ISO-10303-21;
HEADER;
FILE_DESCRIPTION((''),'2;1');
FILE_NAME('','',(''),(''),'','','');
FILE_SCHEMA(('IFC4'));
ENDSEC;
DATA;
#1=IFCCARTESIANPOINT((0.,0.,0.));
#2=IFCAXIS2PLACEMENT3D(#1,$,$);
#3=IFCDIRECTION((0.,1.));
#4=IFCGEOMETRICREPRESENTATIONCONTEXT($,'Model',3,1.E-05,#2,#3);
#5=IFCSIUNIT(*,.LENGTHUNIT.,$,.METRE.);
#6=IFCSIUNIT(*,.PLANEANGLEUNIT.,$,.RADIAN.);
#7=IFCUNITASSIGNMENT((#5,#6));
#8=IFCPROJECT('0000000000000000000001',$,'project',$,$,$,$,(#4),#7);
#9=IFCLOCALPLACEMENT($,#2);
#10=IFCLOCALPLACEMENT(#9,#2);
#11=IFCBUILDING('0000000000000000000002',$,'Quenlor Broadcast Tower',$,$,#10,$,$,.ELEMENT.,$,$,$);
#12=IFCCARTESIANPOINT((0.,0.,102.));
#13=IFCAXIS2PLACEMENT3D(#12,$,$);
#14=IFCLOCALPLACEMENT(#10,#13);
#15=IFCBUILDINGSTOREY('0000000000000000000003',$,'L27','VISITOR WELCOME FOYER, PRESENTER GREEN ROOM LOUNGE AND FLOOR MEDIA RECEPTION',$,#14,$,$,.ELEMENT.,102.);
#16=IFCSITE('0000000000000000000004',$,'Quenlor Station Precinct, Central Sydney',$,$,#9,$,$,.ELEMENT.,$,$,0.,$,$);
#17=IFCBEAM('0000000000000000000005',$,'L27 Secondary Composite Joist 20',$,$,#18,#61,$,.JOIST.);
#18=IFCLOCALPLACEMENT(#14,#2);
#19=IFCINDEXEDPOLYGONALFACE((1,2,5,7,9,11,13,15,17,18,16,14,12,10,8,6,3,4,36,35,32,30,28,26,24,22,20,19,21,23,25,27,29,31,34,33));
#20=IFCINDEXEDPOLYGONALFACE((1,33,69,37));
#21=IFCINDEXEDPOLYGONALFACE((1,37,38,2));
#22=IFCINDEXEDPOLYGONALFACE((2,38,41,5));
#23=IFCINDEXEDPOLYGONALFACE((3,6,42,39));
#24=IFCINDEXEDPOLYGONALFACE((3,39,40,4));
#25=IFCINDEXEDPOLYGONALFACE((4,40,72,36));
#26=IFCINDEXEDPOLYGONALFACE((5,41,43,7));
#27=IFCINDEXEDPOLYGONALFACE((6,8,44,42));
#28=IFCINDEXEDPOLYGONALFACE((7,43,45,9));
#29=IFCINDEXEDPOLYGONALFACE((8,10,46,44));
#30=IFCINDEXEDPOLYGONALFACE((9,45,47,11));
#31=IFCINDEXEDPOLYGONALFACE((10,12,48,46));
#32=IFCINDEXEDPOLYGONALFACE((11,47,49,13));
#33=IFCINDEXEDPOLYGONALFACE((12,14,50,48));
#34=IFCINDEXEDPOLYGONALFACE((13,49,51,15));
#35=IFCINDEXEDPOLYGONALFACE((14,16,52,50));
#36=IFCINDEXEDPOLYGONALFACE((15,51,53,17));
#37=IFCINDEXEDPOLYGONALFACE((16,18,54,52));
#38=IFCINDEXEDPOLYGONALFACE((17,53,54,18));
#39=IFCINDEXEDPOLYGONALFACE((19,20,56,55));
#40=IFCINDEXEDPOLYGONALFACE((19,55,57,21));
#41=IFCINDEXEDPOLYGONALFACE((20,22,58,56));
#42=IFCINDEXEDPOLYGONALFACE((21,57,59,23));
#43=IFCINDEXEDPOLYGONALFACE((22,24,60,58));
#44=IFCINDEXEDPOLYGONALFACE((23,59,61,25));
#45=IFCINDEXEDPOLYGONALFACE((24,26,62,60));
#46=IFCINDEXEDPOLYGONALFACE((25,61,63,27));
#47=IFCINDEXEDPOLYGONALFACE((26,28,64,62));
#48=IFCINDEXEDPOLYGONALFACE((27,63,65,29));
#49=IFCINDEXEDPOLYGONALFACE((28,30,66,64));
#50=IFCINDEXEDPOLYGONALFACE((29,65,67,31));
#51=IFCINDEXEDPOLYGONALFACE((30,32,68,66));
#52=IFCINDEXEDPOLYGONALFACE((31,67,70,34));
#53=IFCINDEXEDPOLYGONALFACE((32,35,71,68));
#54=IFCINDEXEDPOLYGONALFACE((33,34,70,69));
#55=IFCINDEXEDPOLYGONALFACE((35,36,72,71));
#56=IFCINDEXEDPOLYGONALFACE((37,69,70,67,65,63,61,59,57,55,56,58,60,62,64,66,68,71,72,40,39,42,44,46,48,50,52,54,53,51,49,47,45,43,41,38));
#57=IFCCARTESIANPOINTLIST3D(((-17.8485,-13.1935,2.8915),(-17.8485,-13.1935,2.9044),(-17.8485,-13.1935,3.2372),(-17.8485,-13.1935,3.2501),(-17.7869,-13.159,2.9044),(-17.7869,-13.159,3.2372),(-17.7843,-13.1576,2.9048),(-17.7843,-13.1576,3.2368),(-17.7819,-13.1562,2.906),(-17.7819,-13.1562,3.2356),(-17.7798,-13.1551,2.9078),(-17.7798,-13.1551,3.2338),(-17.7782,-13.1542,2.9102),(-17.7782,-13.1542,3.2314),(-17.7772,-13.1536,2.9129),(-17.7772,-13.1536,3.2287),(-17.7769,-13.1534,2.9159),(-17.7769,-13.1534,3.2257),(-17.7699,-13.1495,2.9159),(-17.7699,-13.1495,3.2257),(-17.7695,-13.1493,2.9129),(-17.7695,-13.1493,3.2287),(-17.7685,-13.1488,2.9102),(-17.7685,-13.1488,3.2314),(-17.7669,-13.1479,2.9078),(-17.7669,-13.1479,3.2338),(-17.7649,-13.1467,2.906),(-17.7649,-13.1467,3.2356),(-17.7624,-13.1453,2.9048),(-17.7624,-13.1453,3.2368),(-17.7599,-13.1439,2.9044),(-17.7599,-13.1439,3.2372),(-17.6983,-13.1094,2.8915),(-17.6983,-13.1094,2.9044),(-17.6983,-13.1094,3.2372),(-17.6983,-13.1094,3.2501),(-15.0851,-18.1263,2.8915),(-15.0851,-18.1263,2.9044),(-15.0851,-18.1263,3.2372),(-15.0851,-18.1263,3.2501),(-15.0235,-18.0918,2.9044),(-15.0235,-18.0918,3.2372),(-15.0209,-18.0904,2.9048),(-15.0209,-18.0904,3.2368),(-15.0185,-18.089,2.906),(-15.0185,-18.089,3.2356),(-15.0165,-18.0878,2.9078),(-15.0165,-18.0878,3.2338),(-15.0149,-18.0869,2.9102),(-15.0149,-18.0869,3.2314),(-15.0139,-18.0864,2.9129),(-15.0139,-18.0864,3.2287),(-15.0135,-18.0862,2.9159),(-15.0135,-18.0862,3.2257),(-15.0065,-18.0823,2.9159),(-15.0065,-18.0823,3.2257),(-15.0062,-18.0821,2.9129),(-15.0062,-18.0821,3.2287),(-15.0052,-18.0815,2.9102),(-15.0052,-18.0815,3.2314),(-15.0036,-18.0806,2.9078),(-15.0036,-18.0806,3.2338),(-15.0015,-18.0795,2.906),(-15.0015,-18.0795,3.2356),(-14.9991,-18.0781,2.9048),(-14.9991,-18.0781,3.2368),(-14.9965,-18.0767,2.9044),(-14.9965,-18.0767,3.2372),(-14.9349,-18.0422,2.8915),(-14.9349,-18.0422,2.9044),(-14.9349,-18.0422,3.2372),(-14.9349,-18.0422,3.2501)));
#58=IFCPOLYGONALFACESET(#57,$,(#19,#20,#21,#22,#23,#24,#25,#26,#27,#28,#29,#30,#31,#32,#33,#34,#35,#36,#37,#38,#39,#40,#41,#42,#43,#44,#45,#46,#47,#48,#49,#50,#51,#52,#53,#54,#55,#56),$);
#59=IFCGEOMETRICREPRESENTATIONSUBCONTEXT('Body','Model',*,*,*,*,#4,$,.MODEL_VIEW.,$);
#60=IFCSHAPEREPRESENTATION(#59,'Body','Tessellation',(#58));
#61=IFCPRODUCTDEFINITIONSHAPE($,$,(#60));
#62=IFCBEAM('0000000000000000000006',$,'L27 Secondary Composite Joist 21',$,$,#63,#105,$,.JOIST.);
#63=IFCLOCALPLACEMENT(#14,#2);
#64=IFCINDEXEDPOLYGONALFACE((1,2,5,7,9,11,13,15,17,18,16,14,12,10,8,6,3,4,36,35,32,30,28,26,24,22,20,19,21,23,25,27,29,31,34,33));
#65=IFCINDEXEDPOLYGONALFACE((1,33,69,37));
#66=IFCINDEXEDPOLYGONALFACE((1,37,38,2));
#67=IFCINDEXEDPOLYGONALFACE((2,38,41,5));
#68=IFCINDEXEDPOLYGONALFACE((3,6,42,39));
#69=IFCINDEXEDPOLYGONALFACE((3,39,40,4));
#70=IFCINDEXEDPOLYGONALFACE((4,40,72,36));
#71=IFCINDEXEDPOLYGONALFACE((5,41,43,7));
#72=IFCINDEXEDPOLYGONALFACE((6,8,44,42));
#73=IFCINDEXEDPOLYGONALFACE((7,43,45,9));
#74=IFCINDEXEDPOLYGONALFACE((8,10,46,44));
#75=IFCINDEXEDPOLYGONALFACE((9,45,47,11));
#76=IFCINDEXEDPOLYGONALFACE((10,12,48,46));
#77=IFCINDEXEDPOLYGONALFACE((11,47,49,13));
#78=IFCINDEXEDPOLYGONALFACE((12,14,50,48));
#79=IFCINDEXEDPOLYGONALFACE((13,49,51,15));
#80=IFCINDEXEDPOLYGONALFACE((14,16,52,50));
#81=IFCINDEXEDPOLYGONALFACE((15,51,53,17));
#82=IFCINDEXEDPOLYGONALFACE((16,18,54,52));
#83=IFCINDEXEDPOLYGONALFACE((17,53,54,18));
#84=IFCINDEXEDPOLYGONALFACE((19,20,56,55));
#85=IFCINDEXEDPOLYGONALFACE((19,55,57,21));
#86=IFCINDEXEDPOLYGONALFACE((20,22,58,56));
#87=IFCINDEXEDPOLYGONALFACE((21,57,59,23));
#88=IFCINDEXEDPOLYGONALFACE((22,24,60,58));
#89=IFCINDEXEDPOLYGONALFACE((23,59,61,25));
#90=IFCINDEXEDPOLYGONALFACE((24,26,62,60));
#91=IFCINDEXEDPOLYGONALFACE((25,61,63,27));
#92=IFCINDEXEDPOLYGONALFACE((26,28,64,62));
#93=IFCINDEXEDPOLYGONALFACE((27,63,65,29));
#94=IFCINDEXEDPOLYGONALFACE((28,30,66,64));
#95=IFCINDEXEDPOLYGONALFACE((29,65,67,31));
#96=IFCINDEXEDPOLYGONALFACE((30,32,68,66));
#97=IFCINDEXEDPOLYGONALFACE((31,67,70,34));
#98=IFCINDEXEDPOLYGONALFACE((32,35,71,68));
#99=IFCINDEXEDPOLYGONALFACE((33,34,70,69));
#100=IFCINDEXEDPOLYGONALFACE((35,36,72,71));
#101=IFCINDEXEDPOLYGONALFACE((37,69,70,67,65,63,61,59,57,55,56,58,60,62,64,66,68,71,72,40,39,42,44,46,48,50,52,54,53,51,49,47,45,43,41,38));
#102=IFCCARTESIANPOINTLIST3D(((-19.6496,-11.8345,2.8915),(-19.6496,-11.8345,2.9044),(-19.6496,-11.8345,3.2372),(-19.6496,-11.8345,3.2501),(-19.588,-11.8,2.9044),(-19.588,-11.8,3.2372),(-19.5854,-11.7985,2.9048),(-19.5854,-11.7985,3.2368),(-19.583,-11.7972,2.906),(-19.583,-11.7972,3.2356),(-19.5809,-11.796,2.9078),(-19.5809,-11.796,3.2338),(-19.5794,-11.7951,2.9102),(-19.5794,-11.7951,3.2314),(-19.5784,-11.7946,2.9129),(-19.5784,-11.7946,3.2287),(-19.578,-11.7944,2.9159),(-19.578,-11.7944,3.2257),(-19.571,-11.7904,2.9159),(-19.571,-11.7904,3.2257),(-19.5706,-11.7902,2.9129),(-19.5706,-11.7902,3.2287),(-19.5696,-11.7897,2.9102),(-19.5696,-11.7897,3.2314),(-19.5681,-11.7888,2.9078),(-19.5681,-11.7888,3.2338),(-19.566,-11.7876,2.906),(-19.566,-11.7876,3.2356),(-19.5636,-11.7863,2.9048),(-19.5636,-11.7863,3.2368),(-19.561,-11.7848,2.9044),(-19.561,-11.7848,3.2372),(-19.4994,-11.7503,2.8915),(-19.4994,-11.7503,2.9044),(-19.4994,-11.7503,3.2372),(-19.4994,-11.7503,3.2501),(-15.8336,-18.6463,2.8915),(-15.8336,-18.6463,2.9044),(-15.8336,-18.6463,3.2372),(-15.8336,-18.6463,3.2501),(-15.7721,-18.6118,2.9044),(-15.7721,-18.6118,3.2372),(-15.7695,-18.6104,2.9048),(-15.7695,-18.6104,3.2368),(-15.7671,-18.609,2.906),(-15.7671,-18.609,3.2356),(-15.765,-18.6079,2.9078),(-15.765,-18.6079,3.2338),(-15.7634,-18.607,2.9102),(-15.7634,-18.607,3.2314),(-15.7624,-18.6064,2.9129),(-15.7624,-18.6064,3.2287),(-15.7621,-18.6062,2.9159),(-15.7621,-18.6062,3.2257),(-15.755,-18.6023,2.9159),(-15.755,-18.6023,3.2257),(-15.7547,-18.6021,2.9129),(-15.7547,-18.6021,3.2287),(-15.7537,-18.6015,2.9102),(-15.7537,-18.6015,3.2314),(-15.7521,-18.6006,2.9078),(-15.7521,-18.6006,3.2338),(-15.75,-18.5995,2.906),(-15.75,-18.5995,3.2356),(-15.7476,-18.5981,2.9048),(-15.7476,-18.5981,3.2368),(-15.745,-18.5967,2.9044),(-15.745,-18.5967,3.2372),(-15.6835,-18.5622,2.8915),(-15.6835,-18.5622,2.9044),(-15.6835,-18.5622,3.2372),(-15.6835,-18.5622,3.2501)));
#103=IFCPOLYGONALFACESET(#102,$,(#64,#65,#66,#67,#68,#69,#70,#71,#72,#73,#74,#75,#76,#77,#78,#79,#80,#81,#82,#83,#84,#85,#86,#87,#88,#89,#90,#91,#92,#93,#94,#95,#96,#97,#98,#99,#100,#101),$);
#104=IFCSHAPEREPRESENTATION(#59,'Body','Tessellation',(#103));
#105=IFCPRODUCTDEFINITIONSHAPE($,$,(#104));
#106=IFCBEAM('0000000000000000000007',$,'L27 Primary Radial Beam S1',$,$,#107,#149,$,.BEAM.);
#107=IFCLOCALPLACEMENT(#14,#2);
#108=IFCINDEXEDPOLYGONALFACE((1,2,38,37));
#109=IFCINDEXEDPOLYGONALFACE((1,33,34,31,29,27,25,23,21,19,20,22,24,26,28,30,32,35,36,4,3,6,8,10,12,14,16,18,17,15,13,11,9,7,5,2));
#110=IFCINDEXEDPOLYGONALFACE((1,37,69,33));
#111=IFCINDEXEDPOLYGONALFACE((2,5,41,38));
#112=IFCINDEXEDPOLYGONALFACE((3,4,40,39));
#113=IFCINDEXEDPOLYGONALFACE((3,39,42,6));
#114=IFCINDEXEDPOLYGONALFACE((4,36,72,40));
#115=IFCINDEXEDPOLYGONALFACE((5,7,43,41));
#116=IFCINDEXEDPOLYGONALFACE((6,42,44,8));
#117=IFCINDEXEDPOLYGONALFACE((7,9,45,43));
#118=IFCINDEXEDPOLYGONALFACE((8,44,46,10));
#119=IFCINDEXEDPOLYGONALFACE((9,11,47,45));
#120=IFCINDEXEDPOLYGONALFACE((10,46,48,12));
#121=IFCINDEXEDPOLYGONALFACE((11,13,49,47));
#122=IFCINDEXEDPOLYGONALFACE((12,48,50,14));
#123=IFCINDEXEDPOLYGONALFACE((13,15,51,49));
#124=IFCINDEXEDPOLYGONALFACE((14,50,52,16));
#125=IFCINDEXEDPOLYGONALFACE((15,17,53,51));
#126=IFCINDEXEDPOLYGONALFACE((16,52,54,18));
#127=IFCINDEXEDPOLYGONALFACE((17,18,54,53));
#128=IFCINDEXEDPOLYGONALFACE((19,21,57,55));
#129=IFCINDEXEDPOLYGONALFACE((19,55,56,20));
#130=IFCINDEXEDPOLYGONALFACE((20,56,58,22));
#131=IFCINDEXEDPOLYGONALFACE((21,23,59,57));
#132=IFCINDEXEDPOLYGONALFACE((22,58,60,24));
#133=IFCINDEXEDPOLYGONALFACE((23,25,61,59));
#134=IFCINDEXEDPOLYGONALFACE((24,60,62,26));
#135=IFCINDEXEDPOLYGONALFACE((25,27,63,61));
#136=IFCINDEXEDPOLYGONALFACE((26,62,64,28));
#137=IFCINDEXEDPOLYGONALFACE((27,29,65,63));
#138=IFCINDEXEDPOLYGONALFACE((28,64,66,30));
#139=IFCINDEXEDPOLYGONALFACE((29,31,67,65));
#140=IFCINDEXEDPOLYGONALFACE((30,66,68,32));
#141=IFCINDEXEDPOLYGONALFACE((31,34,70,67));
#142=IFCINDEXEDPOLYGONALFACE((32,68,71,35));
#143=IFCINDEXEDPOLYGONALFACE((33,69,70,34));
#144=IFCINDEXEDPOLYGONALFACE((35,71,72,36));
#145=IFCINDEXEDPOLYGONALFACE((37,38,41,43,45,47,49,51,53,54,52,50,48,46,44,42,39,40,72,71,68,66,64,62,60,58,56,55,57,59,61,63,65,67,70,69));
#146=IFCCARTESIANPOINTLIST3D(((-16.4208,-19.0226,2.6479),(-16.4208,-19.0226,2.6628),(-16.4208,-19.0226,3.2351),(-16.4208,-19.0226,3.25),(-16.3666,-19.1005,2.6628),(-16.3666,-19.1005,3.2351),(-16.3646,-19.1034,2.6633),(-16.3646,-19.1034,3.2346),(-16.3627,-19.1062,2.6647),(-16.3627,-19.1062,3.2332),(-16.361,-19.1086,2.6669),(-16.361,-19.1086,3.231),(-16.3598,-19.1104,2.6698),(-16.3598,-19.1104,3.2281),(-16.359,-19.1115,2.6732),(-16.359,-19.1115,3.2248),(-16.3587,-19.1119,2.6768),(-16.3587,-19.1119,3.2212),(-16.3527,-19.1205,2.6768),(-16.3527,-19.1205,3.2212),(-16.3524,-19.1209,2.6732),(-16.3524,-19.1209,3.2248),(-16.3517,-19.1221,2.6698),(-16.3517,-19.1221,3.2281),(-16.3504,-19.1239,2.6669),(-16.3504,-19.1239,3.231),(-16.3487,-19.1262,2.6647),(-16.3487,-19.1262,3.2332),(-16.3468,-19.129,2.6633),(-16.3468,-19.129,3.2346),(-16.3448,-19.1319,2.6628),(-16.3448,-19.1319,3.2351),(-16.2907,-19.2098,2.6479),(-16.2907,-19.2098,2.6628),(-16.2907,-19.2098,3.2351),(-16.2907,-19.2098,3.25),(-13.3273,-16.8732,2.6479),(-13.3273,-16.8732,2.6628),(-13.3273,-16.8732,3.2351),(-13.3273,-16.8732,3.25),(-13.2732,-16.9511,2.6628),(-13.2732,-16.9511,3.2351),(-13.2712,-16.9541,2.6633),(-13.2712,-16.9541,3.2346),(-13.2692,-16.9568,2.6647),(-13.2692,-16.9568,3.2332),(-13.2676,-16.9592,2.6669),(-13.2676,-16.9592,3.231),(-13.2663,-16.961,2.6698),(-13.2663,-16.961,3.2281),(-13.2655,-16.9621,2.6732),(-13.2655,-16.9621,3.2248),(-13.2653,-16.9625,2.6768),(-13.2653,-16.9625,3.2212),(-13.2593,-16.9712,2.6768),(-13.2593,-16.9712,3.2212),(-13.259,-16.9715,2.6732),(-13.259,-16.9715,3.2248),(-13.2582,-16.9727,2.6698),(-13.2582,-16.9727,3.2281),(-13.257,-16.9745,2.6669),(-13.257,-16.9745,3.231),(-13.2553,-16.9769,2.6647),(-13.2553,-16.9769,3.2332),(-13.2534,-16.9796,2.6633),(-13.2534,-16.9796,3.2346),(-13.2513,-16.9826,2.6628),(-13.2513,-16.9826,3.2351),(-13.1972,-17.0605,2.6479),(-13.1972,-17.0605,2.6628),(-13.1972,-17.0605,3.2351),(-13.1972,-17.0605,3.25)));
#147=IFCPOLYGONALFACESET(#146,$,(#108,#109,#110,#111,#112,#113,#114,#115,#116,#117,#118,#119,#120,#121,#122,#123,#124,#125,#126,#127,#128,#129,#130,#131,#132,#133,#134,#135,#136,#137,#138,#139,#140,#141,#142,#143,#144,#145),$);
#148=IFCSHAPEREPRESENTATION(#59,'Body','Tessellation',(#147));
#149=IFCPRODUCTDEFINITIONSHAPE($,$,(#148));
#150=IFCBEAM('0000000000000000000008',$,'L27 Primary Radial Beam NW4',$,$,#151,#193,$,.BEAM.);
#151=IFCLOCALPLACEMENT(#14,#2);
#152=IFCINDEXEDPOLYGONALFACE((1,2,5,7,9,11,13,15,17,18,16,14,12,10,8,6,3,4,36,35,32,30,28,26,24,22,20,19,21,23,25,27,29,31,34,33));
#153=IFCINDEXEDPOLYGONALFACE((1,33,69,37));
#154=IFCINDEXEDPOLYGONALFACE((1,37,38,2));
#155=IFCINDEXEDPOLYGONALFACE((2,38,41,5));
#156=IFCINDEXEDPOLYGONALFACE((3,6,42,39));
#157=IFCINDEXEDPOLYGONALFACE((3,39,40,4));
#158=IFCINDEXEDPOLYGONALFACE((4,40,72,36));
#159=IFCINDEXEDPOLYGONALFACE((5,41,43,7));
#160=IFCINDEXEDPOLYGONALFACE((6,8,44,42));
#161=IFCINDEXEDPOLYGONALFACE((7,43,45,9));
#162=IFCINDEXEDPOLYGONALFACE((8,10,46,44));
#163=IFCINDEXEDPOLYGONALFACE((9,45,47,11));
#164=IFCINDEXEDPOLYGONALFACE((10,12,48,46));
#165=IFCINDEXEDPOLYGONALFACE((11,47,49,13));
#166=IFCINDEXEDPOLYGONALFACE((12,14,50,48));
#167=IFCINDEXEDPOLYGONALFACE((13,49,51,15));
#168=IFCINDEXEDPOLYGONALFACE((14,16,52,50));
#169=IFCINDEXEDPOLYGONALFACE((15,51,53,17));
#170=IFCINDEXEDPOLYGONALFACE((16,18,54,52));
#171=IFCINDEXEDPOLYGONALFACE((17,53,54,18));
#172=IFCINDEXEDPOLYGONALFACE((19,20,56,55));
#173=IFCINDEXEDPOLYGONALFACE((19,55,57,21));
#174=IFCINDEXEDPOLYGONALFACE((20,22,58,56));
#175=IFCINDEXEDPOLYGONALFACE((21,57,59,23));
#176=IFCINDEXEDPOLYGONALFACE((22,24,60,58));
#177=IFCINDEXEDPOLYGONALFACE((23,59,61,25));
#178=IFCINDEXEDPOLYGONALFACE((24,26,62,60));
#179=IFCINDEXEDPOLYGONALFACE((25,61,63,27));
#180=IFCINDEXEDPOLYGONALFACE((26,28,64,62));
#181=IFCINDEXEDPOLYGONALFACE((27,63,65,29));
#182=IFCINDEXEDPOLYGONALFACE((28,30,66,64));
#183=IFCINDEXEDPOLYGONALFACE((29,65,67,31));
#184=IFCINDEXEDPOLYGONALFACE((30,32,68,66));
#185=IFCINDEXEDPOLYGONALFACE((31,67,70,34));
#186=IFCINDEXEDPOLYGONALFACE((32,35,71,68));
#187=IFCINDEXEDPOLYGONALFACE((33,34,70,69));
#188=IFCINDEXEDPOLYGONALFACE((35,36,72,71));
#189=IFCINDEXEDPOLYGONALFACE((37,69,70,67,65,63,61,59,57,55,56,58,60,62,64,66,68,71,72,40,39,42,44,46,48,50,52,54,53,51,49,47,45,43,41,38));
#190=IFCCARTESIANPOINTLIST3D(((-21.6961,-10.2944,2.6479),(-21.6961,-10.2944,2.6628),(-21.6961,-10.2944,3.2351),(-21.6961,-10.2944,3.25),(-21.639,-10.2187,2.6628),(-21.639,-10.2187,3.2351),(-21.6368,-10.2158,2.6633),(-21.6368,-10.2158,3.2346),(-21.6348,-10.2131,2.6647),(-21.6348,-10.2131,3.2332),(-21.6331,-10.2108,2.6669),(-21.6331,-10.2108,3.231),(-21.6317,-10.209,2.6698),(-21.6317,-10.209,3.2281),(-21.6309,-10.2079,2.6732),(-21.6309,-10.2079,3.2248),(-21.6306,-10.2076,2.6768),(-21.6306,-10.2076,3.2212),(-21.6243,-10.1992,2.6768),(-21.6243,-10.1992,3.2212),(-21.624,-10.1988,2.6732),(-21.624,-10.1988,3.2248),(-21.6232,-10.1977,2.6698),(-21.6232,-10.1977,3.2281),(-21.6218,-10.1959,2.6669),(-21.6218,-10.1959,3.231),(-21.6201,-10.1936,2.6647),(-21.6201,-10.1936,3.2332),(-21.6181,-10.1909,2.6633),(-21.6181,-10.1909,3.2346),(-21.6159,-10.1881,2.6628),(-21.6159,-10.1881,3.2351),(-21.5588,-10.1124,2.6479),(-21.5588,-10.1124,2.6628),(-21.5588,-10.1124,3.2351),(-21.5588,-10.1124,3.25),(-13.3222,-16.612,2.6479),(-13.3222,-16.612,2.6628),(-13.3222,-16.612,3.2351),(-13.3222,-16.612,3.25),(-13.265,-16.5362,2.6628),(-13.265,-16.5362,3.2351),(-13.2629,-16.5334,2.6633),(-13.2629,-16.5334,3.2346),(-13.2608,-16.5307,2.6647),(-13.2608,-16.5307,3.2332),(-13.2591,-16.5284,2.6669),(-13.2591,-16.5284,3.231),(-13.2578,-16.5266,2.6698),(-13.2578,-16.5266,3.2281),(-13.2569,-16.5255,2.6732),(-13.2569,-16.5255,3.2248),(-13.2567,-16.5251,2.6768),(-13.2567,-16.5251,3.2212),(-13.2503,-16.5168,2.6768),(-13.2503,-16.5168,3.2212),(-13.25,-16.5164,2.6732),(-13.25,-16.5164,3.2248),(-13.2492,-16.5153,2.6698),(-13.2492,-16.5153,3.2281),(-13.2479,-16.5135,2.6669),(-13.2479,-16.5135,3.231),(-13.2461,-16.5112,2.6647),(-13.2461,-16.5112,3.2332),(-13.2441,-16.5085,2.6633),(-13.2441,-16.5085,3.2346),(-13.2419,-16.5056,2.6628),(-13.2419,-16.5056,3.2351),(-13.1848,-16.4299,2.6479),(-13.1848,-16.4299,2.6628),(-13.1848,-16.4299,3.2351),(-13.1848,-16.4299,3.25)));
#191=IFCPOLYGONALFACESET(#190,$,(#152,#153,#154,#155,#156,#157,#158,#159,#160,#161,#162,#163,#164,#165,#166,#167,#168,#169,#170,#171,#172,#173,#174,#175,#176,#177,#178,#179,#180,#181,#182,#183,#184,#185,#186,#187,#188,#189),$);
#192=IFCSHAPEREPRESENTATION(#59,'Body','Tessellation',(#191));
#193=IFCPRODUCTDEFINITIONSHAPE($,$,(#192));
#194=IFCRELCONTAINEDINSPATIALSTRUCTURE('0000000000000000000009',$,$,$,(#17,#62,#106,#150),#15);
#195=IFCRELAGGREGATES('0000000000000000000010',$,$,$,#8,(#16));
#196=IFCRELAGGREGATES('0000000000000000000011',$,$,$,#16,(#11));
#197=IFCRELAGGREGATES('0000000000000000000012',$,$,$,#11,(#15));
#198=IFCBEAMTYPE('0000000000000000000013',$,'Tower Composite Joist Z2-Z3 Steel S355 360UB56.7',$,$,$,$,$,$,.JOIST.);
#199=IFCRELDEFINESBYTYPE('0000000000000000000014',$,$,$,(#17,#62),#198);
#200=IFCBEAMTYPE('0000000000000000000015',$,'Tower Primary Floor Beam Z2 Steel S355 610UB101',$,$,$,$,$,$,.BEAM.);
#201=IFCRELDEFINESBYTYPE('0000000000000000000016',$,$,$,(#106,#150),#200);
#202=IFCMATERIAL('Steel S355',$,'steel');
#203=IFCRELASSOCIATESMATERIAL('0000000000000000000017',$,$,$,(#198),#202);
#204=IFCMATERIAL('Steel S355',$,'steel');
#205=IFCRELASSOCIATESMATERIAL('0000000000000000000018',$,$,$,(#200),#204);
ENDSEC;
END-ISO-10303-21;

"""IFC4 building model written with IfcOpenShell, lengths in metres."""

from ifc_helpers import new_model, si_unit, direction, frame, origin, origin_2d, place, context, subcontext, project, spatial, i_section, extrude, material, material_profile, profile_set, type_object, element, save


model = new_model("IFC4")

# Units and contexts
model_context = context("Model", 3, precision=1e-05, world=origin(), true_north=direction((0.0, 1.0)))
body_context = subcontext(model_context, "Body", "Model", "MODEL_VIEW")
ifc_project = project(units=[si_unit("LENGTHUNIT", "METRE"), si_unit("PLANEANGLEUNIT", "RADIAN")], contexts=[model_context])

# Site, building, storey
site_placement = place(None, origin())
site = spatial("IfcSite", under=ifc_project, at=site_placement, Name="Quenlor Station Precinct, Central Sydney", CompositionType="ELEMENT", RefElevation=0.0)
building_placement = place(site_placement, origin())
building = spatial("IfcBuilding", under=site, at=building_placement, Name="Quenlor Broadcast Tower", CompositionType="ELEMENT")
storey_placement = place(building_placement, frame((0.0, 0.0, 102.0)))
storey = spatial("IfcBuildingStorey", under=building, at=storey_placement, Name="L27", Description="VISITOR WELCOME FOYER, PRESENTER GREEN ROOM LOUNGE AND FLOOR MEDIA RECEPTION", CompositionType="ELEMENT", Elevation=102.0)

# Beams
ifc_material_1 = material(Name="Steel S355", Category="steel")
ifc_material_profile_1 = material_profile(ifc_material_1, i_section(OverallWidth=0.1721, OverallDepth=0.3586, WebThickness=0.0081, FlangeThickness=0.0129, FilletRadius=0.0115, at=origin_2d()))
ifc_profile_set_1 = profile_set([ifc_material_profile_1], Name="Steel S355 360UB56.7")
beam_type_1 = type_object("IfcBeamType", Name="Tower Composite Joist Z2-Z3 Steel S355 360UB56.7", PredefinedType="JOIST", material=ifc_profile_set_1)
beam_1_placement = place(storey_placement, frame((-15.01, -18.0842, 3.0708), z_axis=(-0.488741, 0.872429, 0.0), x_axis=(-0.872429, -0.488741, 0.0)))
element("IfcBeam", 1, at=beam_1_placement, inside=storey, type_object=beam_type_1, Name="L27 Secondary Composite Joist 20", PredefinedType="JOIST", context=body_context, shape_type="SweptSolid", body=[
    extrude(i_section(OverallWidth=0.1721, OverallDepth=0.3586, WebThickness=0.0081, FlangeThickness=0.0129, FilletRadius=0.0115, at=origin_2d()), origin(), (0.0, 0.0, 1.0), 5.6541),
])
beam_2_placement = place(storey_placement, frame((-15.7585, -18.6042, 3.0708), z_axis=(-0.488733, 0.872433, 0.0), x_axis=(-0.872433, -0.488733, 0.0)))
element("IfcBeam", 2, at=beam_2_placement, inside=storey, type_object=beam_type_1, Name="L27 Secondary Composite Joist 21", PredefinedType="JOIST", context=body_context, shape_type="SweptSolid", body=[
    extrude(i_section(OverallWidth=0.1721, OverallDepth=0.3586, WebThickness=0.0081, FlangeThickness=0.0129, FilletRadius=0.0115, at=origin_2d()), origin(), (0.0, 0.0, 1.0), 7.8079),
])
ifc_material_2 = material(Name="Steel S355", Category="steel")
ifc_material_profile_2 = material_profile(ifc_material_2, i_section(OverallWidth=0.228, OverallDepth=0.6021, WebThickness=0.0105, FlangeThickness=0.0149, FilletRadius=0.0139, at=origin_2d()))
ifc_profile_set_2 = profile_set([ifc_material_profile_2], Name="Steel S355 610UB101")
beam_type_2 = type_object("IfcBeamType", Name="Tower Primary Floor Beam Z2 Steel S355 610UB101", PredefinedType="BEAM", material=ifc_profile_set_2)
beam_3_placement = place(storey_placement, frame((-16.3557, -19.1162, 2.949), z_axis=(0.821227, 0.570601, 0.0), x_axis=(-0.570601, 0.821227, 0.0)))
element("IfcBeam", 3, at=beam_3_placement, inside=storey, type_object=beam_type_2, Name="L27 Primary Radial Beam S1", PredefinedType="BEAM", context=body_context, shape_type="SweptSolid", body=[
    extrude(i_section(OverallWidth=0.228, OverallDepth=0.6021, WebThickness=0.0105, FlangeThickness=0.0149, FilletRadius=0.0139, at=origin_2d()), origin(), (0.0, 0.0, 1.0), 3.7668),
])
beam_4_placement = place(storey_placement, frame((-21.6274, -10.2034, 2.949), z_axis=(0.798299, -0.602262, 0.0), x_axis=(0.602262, 0.798299, 0.0)))
element("IfcBeam", 4, at=beam_4_placement, inside=storey, type_object=beam_type_2, Name="L27 Primary Radial Beam NW4", PredefinedType="BEAM", context=body_context, shape_type="SweptSolid", body=[
    extrude(i_section(OverallWidth=0.228, OverallDepth=0.6021, WebThickness=0.0105, FlangeThickness=0.0149, FilletRadius=0.0139, at=origin_2d()), origin(), (0.0, 0.0, 1.0), 10.4897),
])

save(model, "model.ifc")
